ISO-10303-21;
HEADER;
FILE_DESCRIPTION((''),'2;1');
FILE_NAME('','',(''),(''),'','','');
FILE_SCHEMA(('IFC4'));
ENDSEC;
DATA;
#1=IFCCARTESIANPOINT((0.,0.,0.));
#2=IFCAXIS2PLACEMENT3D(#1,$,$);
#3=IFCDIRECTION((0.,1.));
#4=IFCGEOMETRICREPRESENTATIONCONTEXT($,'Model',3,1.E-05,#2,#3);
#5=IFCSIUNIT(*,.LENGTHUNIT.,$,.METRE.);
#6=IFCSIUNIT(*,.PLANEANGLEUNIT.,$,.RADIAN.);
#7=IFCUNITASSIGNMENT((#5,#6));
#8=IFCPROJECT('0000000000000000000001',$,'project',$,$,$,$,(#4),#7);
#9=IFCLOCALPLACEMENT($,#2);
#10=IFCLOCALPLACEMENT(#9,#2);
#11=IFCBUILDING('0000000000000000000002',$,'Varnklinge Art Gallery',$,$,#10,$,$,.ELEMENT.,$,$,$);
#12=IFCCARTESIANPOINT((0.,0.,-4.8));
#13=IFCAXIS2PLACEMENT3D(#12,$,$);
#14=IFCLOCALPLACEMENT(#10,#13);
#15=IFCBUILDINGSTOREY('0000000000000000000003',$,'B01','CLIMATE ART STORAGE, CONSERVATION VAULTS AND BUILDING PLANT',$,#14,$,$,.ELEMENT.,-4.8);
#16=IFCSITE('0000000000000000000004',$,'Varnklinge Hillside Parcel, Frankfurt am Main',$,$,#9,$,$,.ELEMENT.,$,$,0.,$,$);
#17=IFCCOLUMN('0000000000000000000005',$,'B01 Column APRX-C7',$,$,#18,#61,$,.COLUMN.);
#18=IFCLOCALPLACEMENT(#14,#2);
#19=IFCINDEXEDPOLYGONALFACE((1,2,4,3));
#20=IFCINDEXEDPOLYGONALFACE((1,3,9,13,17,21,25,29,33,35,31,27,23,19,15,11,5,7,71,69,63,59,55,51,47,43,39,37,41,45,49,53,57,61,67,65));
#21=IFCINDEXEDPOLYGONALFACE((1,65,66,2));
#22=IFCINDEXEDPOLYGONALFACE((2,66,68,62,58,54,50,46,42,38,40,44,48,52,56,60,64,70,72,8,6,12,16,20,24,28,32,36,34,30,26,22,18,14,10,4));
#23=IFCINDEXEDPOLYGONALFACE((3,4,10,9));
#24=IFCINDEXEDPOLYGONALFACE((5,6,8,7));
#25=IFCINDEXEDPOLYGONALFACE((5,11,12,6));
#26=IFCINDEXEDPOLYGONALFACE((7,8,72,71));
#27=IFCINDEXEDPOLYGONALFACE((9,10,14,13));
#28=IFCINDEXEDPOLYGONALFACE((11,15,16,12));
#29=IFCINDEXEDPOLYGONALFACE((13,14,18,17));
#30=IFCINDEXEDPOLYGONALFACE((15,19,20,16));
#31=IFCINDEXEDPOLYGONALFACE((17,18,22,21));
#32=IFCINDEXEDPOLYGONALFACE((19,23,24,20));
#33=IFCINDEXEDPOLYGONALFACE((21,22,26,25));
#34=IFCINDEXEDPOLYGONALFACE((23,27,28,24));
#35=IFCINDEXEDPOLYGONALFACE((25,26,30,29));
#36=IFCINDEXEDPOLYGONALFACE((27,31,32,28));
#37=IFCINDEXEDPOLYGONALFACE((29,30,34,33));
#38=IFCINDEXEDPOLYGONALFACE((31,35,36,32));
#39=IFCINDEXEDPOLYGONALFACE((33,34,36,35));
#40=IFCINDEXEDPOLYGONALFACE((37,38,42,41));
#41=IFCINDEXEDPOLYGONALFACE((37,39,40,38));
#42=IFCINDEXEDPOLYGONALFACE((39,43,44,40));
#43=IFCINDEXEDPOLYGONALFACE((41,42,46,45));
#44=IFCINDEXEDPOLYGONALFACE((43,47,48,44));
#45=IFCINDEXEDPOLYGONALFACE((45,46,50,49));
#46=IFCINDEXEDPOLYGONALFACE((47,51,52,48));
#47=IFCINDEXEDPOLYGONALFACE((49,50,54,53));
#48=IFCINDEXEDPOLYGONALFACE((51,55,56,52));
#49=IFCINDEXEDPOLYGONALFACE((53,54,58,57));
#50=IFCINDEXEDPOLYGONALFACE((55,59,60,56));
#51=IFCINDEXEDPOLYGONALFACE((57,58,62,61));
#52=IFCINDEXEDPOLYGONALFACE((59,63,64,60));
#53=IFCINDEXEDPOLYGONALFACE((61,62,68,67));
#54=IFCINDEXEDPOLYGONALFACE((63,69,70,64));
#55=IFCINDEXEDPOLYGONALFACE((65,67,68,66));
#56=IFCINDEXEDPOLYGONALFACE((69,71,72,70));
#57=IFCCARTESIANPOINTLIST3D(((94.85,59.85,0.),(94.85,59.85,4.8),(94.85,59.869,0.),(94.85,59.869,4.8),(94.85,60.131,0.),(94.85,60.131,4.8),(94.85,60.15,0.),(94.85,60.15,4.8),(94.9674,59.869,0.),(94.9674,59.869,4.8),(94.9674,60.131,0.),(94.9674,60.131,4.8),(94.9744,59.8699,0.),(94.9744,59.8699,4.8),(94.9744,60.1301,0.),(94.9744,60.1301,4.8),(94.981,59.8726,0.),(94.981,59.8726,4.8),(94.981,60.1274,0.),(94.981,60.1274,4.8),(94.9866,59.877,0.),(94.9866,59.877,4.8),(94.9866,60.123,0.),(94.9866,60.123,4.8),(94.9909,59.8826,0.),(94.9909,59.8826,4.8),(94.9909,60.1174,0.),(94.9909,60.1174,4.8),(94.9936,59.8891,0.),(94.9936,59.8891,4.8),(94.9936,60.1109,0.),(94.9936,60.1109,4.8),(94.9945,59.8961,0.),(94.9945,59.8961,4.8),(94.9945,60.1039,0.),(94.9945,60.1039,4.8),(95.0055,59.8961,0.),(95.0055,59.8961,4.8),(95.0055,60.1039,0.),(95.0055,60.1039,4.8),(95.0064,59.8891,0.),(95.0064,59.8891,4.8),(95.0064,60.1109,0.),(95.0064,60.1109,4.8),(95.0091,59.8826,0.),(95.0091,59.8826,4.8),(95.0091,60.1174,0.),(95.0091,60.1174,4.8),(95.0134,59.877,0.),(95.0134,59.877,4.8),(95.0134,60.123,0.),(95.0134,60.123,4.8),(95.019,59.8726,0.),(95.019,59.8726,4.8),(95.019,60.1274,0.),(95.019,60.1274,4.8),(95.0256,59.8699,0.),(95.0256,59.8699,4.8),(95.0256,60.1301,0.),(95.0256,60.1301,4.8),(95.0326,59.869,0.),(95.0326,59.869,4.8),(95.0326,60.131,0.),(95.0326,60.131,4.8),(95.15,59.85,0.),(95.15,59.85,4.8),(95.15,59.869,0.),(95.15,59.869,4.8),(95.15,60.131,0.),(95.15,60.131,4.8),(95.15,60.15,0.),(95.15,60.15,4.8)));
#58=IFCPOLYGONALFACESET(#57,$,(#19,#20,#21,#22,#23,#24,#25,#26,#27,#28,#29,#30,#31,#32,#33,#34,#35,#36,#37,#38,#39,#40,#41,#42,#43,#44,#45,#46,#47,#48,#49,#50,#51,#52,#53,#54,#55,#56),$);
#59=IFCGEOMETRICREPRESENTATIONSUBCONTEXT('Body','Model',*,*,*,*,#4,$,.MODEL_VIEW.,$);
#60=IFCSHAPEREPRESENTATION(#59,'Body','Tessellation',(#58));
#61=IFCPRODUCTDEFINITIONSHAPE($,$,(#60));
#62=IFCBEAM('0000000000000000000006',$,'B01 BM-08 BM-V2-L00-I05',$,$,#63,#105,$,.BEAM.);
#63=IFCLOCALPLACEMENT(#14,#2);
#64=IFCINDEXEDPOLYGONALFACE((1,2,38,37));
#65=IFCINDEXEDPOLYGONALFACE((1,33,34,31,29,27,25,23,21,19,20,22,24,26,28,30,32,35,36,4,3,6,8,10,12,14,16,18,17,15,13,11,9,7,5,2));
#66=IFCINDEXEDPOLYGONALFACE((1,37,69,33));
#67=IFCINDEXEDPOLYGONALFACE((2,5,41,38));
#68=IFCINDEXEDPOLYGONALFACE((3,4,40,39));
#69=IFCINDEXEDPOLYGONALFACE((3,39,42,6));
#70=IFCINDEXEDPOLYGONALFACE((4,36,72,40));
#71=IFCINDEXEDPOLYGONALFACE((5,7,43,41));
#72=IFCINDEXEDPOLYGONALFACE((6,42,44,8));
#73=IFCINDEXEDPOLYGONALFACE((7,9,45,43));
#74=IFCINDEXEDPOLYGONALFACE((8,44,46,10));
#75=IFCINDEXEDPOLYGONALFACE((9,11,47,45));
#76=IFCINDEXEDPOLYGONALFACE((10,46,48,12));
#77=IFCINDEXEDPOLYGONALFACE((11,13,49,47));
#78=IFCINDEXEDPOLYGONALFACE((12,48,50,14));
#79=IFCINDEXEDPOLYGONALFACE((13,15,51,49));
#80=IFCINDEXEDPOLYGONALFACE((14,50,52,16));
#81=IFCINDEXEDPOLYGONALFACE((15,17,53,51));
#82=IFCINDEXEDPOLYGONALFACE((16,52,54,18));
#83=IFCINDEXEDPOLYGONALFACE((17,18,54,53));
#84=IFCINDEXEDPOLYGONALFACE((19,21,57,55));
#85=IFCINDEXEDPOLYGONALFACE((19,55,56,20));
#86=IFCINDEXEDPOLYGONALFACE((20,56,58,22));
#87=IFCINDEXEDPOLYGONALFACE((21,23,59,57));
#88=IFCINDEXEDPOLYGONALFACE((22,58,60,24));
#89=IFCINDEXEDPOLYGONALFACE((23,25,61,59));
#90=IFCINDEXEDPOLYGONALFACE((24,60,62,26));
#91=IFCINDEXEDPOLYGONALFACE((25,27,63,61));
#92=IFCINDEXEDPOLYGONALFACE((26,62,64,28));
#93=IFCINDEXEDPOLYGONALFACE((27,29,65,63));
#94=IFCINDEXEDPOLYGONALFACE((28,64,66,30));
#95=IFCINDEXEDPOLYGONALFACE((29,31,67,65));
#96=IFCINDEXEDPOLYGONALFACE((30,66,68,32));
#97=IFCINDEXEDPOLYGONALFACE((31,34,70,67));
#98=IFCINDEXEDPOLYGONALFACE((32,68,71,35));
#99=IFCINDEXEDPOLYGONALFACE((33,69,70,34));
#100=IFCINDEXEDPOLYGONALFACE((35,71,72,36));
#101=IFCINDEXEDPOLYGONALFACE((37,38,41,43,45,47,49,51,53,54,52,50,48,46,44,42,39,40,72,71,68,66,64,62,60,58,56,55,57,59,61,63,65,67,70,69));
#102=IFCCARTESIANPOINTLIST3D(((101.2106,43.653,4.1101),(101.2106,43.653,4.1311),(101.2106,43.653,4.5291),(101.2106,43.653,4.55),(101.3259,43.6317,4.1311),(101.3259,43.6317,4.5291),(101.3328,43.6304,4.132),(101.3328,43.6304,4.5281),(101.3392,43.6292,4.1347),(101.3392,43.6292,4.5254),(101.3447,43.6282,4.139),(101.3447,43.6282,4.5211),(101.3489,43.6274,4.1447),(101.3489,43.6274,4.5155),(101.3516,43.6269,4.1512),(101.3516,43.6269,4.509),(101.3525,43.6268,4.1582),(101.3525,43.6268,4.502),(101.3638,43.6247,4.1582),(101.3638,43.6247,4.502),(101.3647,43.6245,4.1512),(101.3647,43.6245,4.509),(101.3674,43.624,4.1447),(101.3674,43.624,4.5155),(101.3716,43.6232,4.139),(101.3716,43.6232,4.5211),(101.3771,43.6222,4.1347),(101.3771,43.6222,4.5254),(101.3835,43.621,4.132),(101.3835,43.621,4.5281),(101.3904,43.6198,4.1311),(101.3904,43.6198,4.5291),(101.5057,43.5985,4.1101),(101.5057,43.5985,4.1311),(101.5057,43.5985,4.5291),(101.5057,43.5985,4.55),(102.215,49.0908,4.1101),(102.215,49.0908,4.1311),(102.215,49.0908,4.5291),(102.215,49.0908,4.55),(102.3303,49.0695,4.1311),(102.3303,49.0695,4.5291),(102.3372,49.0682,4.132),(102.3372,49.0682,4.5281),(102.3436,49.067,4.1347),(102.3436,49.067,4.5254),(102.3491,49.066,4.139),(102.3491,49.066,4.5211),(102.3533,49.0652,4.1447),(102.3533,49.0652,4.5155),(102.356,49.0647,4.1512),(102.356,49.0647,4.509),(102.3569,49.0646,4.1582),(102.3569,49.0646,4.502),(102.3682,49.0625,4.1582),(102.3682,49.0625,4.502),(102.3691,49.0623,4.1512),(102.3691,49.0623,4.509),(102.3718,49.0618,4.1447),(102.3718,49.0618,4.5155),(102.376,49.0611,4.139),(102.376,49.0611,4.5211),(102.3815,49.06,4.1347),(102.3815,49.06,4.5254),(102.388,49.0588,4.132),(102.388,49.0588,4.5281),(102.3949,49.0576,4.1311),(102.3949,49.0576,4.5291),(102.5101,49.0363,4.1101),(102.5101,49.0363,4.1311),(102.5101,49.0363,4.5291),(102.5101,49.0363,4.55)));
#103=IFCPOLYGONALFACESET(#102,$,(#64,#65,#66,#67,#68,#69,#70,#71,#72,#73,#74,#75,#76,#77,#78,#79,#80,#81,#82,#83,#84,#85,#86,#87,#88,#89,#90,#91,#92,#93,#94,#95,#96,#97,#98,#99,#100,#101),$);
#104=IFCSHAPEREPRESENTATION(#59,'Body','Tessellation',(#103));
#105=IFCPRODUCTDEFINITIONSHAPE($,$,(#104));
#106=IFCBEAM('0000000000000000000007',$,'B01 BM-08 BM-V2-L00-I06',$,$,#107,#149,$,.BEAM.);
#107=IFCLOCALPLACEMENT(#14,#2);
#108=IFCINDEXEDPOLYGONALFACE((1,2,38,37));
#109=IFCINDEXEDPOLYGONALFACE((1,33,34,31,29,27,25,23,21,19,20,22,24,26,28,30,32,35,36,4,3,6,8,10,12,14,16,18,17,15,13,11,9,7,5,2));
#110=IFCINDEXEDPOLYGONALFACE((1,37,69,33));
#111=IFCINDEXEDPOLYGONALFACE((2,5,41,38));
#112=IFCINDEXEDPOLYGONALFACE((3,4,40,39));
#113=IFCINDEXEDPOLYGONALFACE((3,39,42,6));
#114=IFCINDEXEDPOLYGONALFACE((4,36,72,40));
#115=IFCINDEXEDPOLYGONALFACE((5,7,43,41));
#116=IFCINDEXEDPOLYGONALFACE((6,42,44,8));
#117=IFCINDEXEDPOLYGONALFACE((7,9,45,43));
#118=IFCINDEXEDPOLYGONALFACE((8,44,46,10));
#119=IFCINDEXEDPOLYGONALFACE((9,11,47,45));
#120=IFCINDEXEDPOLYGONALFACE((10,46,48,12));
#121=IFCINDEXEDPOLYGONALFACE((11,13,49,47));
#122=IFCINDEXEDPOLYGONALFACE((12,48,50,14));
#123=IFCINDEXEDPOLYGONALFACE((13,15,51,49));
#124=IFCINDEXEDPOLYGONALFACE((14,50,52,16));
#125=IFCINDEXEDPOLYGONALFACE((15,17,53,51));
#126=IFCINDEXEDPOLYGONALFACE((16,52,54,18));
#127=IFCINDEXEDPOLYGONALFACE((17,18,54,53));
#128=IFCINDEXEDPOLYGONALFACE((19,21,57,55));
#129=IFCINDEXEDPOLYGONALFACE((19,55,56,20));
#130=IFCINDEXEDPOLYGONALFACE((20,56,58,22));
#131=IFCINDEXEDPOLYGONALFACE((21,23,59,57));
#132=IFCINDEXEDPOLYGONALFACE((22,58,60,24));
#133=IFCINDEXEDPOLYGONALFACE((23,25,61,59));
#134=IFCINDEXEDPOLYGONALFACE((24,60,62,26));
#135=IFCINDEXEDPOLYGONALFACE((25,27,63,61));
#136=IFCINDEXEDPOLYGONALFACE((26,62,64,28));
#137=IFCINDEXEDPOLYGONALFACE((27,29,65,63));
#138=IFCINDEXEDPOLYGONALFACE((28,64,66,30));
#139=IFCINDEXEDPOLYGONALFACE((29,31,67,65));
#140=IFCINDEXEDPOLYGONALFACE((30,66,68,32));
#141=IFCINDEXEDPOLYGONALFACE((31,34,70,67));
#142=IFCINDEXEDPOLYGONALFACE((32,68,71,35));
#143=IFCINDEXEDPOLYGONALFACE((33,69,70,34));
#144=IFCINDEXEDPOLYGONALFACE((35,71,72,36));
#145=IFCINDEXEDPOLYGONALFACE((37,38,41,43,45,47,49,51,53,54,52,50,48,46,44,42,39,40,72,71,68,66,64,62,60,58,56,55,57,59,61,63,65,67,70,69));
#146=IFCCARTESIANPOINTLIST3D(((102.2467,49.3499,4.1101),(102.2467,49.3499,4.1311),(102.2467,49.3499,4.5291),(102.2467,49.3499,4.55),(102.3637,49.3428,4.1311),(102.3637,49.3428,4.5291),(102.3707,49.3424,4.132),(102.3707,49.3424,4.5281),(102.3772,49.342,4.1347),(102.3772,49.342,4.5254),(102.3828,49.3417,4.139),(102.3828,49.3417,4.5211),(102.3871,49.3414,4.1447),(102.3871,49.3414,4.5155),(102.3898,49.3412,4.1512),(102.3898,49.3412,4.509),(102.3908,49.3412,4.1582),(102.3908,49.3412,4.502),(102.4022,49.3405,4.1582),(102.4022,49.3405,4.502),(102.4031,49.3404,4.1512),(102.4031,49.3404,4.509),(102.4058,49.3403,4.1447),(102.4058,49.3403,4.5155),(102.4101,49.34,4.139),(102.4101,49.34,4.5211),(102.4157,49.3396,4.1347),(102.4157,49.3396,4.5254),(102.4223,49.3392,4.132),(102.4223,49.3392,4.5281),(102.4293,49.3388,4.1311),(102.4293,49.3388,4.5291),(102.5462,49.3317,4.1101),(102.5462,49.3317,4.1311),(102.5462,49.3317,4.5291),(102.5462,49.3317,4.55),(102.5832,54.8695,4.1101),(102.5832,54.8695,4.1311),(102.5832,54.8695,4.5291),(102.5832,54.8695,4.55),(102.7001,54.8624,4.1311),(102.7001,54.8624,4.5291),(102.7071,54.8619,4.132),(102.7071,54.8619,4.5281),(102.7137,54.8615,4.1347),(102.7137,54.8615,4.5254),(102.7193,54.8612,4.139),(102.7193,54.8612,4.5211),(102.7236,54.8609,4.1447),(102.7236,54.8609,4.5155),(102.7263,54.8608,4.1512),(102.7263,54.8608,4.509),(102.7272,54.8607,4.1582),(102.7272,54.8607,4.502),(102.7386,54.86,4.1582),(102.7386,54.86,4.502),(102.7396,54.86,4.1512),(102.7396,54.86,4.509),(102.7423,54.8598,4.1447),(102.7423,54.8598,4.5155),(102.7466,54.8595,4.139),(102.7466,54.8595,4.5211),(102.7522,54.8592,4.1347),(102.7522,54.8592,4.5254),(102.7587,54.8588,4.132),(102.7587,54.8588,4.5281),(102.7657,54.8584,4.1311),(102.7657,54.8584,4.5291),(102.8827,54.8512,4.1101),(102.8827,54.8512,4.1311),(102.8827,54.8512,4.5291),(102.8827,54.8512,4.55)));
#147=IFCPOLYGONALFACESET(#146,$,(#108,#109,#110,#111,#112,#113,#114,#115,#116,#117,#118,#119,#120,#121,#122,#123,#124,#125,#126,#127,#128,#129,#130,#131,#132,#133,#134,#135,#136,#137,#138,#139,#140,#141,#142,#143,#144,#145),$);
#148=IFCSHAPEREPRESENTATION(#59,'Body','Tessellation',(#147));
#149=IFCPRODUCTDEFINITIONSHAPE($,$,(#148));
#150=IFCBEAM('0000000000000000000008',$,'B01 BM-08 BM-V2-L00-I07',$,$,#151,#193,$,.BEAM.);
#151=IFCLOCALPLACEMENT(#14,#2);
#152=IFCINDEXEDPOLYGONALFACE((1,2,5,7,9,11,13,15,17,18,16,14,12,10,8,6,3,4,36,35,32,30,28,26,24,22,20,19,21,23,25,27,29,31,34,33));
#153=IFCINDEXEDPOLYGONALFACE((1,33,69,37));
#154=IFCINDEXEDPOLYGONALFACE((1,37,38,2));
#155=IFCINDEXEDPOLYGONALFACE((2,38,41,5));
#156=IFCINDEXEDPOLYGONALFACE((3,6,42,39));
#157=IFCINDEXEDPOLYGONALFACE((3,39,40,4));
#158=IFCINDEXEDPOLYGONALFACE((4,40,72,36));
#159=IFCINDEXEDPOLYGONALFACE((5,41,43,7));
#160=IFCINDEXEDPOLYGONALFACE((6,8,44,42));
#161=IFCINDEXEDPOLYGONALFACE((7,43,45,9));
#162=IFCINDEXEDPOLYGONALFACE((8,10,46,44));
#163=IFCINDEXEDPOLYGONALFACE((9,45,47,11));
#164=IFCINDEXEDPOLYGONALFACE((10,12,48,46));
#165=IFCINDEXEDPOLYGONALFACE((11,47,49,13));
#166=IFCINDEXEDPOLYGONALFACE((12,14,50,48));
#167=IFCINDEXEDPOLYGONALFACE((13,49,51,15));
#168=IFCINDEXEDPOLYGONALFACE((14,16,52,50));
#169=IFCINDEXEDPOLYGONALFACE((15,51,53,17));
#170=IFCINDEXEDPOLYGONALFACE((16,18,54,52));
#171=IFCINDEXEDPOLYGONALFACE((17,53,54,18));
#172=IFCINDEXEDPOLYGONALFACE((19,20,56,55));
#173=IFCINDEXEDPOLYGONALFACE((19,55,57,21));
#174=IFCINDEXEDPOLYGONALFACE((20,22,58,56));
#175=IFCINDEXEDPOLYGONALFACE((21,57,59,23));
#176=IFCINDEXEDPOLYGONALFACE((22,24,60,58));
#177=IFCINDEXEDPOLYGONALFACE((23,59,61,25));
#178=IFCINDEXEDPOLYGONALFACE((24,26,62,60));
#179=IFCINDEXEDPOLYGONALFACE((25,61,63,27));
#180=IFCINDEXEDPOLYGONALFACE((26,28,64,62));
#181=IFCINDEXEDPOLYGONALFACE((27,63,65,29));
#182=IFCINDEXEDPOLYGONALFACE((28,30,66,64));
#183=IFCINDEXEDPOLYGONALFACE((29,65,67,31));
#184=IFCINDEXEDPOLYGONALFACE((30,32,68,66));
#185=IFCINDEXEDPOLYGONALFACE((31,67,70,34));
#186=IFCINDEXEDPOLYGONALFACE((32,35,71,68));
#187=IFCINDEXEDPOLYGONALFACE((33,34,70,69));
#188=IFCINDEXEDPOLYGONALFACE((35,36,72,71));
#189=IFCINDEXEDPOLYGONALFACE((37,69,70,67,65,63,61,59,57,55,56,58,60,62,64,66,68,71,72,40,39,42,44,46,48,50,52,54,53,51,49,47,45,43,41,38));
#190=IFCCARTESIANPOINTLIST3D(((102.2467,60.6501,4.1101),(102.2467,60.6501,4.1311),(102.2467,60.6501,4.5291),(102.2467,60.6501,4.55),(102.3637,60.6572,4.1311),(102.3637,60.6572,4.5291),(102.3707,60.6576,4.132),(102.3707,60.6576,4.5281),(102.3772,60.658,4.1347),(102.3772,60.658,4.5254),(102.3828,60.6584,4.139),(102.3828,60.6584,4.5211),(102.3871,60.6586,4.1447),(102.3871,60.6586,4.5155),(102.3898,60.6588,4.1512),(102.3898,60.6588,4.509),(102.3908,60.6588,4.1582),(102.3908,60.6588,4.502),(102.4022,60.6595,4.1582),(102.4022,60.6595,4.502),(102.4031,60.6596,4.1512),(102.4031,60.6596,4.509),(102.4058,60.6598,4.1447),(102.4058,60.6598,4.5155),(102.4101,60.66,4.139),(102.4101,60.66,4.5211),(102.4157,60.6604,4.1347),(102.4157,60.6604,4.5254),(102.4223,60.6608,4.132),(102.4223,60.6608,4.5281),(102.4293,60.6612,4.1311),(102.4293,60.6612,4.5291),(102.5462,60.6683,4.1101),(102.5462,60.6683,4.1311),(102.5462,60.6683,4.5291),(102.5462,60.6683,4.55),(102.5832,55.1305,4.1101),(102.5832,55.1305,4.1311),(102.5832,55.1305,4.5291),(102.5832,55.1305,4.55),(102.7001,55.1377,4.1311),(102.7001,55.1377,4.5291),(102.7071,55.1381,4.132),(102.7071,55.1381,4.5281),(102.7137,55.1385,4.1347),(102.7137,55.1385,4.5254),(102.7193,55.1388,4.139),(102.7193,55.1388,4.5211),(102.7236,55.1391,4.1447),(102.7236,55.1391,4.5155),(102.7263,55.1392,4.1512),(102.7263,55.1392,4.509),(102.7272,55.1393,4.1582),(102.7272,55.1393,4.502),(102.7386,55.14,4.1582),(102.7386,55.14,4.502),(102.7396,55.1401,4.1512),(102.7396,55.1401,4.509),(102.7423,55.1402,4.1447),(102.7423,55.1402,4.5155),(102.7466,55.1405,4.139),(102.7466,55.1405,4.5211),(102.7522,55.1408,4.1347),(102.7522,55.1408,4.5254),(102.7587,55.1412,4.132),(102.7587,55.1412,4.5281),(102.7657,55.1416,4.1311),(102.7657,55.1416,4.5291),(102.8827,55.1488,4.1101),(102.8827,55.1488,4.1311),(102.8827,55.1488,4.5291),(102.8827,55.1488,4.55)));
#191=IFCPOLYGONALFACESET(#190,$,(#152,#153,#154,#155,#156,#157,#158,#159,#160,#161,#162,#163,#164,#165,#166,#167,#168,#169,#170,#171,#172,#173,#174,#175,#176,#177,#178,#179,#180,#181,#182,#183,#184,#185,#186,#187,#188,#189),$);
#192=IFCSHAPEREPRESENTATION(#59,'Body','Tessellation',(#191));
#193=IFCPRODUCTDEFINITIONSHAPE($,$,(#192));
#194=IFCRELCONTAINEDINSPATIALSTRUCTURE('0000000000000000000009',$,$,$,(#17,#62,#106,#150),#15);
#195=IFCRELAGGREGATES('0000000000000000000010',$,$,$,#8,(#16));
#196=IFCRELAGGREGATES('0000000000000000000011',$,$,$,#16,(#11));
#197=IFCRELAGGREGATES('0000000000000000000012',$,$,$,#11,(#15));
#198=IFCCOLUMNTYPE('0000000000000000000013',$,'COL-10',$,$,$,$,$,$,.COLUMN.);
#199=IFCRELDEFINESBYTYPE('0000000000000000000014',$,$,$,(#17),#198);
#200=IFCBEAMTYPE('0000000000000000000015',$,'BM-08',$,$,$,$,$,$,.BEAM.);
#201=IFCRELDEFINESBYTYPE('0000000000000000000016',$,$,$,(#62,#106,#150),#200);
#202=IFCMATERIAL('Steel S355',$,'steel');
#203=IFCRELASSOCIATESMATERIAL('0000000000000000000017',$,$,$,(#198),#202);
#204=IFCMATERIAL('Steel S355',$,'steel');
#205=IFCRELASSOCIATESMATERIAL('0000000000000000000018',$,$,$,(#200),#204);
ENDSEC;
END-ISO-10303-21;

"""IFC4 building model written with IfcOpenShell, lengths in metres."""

from ifc_helpers import new_model, si_unit, direction, frame, origin, origin_2d, place, context, subcontext, project, spatial, i_section, extrude, material, material_profile, profile_set, type_object, element, save


model = new_model("IFC4")

# Units and contexts
model_context = context("Model", 3, precision=1e-05, world=origin(), true_north=direction((0.0, 1.0)))
body_context = subcontext(model_context, "Body", "Model", "MODEL_VIEW")
ifc_project = project(units=[si_unit("LENGTHUNIT", "METRE"), si_unit("PLANEANGLEUNIT", "RADIAN")], contexts=[model_context])

# Site, building, storey
site_placement = place(None, origin())
site = spatial("IfcSite", under=ifc_project, at=site_placement, Name="Varnklinge Hillside Parcel, Frankfurt am Main", CompositionType="ELEMENT", RefElevation=0.0)
building_placement = place(site_placement, origin())
building = spatial("IfcBuilding", under=site, at=building_placement, Name="Varnklinge Art Gallery", CompositionType="ELEMENT")
storey_placement = place(building_placement, frame((0.0, 0.0, -4.8)))
storey = spatial("IfcBuildingStorey", under=building, at=storey_placement, Name="B01", Description="CLIMATE ART STORAGE, CONSERVATION VAULTS AND BUILDING PLANT", CompositionType="ELEMENT", Elevation=-4.8)

# Column
ifc_material_1 = material(Name="Steel S355", Category="steel")
ifc_material_profile_1 = material_profile(ifc_material_1, i_section(OverallWidth=0.3, OverallDepth=0.3, WebThickness=0.011, FlangeThickness=0.019, FilletRadius=0.0271, at=origin_2d()), Name="HEB 300")
ifc_profile_set_1 = profile_set([ifc_material_profile_1], Name="Steel S355")
column_type_1 = type_object("IfcColumnType", Name="COL-10", PredefinedType="COLUMN", material=ifc_profile_set_1)
column_placement = place(storey_placement, frame((95.0, 60.0, 0.0), z_axis=(0.0, 0.0, 1.0), x_axis=(1.0, 0.0, 0.0)))
element("IfcColumn", 1, at=column_placement, inside=storey, type_object=column_type_1, Name="B01 Column APRX-C7", PredefinedType="COLUMN", context=body_context, shape_type="SweptSolid", body=[
    extrude(i_section(OverallWidth=0.3, OverallDepth=0.3, WebThickness=0.011, FlangeThickness=0.019, FilletRadius=0.0271, at=origin_2d()), origin(), (0.0, 0.0, 1.0), 4.8),
])

# Beams
ifc_material_2 = material(Name="Steel S355", Category="steel")
ifc_material_profile_2 = material_profile(ifc_material_2, i_section(OverallWidth=0.3, OverallDepth=0.4399, WebThickness=0.0115, FlangeThickness=0.021, FilletRadius=0.0271, at=origin_2d()), Name="HEA 450")
ifc_profile_set_2 = profile_set([ifc_material_profile_2], Name="Steel S355")
beam_type_1 = type_object("IfcBeamType", Name="BM-08", PredefinedType="BEAM", material=ifc_profile_set_2)
for number, where, z_axis, x_axis, name in (
    (2, (101.3582, 43.6257, 4.3301), (0.181635, 0.983366, 0.0), (-0.983366, 0.181635, 0.0), "B01 BM-08 BM-V2-L00-I05"),
    (3, (102.3965, 49.3408, 4.3301), (0.060839, 0.998148, 0.0), (-0.998148, 0.060839, 0.0), "B01 BM-08 BM-V2-L00-I06"),
    (4, (102.7329, 55.1396, 4.3301), (-0.060839, 0.998148, 0.0), (-0.998148, -0.060839, 0.0), "B01 BM-08 BM-V2-L00-I07"),
):
    element("IfcBeam", number, at=place(storey_placement, frame(where, z_axis=z_axis, x_axis=x_axis)), inside=storey, type_object=beam_type_1, Name=name, PredefinedType="BEAM", context=body_context, shape_type="SweptSolid", body=[
        extrude(i_section(OverallWidth=0.3, OverallDepth=0.4399, WebThickness=0.0115, FlangeThickness=0.021, FilletRadius=0.0271, at=origin_2d()), origin(), (0.0, 0.0, 1.0), 5.5298),
    ])

save(model, "model.ifc")
